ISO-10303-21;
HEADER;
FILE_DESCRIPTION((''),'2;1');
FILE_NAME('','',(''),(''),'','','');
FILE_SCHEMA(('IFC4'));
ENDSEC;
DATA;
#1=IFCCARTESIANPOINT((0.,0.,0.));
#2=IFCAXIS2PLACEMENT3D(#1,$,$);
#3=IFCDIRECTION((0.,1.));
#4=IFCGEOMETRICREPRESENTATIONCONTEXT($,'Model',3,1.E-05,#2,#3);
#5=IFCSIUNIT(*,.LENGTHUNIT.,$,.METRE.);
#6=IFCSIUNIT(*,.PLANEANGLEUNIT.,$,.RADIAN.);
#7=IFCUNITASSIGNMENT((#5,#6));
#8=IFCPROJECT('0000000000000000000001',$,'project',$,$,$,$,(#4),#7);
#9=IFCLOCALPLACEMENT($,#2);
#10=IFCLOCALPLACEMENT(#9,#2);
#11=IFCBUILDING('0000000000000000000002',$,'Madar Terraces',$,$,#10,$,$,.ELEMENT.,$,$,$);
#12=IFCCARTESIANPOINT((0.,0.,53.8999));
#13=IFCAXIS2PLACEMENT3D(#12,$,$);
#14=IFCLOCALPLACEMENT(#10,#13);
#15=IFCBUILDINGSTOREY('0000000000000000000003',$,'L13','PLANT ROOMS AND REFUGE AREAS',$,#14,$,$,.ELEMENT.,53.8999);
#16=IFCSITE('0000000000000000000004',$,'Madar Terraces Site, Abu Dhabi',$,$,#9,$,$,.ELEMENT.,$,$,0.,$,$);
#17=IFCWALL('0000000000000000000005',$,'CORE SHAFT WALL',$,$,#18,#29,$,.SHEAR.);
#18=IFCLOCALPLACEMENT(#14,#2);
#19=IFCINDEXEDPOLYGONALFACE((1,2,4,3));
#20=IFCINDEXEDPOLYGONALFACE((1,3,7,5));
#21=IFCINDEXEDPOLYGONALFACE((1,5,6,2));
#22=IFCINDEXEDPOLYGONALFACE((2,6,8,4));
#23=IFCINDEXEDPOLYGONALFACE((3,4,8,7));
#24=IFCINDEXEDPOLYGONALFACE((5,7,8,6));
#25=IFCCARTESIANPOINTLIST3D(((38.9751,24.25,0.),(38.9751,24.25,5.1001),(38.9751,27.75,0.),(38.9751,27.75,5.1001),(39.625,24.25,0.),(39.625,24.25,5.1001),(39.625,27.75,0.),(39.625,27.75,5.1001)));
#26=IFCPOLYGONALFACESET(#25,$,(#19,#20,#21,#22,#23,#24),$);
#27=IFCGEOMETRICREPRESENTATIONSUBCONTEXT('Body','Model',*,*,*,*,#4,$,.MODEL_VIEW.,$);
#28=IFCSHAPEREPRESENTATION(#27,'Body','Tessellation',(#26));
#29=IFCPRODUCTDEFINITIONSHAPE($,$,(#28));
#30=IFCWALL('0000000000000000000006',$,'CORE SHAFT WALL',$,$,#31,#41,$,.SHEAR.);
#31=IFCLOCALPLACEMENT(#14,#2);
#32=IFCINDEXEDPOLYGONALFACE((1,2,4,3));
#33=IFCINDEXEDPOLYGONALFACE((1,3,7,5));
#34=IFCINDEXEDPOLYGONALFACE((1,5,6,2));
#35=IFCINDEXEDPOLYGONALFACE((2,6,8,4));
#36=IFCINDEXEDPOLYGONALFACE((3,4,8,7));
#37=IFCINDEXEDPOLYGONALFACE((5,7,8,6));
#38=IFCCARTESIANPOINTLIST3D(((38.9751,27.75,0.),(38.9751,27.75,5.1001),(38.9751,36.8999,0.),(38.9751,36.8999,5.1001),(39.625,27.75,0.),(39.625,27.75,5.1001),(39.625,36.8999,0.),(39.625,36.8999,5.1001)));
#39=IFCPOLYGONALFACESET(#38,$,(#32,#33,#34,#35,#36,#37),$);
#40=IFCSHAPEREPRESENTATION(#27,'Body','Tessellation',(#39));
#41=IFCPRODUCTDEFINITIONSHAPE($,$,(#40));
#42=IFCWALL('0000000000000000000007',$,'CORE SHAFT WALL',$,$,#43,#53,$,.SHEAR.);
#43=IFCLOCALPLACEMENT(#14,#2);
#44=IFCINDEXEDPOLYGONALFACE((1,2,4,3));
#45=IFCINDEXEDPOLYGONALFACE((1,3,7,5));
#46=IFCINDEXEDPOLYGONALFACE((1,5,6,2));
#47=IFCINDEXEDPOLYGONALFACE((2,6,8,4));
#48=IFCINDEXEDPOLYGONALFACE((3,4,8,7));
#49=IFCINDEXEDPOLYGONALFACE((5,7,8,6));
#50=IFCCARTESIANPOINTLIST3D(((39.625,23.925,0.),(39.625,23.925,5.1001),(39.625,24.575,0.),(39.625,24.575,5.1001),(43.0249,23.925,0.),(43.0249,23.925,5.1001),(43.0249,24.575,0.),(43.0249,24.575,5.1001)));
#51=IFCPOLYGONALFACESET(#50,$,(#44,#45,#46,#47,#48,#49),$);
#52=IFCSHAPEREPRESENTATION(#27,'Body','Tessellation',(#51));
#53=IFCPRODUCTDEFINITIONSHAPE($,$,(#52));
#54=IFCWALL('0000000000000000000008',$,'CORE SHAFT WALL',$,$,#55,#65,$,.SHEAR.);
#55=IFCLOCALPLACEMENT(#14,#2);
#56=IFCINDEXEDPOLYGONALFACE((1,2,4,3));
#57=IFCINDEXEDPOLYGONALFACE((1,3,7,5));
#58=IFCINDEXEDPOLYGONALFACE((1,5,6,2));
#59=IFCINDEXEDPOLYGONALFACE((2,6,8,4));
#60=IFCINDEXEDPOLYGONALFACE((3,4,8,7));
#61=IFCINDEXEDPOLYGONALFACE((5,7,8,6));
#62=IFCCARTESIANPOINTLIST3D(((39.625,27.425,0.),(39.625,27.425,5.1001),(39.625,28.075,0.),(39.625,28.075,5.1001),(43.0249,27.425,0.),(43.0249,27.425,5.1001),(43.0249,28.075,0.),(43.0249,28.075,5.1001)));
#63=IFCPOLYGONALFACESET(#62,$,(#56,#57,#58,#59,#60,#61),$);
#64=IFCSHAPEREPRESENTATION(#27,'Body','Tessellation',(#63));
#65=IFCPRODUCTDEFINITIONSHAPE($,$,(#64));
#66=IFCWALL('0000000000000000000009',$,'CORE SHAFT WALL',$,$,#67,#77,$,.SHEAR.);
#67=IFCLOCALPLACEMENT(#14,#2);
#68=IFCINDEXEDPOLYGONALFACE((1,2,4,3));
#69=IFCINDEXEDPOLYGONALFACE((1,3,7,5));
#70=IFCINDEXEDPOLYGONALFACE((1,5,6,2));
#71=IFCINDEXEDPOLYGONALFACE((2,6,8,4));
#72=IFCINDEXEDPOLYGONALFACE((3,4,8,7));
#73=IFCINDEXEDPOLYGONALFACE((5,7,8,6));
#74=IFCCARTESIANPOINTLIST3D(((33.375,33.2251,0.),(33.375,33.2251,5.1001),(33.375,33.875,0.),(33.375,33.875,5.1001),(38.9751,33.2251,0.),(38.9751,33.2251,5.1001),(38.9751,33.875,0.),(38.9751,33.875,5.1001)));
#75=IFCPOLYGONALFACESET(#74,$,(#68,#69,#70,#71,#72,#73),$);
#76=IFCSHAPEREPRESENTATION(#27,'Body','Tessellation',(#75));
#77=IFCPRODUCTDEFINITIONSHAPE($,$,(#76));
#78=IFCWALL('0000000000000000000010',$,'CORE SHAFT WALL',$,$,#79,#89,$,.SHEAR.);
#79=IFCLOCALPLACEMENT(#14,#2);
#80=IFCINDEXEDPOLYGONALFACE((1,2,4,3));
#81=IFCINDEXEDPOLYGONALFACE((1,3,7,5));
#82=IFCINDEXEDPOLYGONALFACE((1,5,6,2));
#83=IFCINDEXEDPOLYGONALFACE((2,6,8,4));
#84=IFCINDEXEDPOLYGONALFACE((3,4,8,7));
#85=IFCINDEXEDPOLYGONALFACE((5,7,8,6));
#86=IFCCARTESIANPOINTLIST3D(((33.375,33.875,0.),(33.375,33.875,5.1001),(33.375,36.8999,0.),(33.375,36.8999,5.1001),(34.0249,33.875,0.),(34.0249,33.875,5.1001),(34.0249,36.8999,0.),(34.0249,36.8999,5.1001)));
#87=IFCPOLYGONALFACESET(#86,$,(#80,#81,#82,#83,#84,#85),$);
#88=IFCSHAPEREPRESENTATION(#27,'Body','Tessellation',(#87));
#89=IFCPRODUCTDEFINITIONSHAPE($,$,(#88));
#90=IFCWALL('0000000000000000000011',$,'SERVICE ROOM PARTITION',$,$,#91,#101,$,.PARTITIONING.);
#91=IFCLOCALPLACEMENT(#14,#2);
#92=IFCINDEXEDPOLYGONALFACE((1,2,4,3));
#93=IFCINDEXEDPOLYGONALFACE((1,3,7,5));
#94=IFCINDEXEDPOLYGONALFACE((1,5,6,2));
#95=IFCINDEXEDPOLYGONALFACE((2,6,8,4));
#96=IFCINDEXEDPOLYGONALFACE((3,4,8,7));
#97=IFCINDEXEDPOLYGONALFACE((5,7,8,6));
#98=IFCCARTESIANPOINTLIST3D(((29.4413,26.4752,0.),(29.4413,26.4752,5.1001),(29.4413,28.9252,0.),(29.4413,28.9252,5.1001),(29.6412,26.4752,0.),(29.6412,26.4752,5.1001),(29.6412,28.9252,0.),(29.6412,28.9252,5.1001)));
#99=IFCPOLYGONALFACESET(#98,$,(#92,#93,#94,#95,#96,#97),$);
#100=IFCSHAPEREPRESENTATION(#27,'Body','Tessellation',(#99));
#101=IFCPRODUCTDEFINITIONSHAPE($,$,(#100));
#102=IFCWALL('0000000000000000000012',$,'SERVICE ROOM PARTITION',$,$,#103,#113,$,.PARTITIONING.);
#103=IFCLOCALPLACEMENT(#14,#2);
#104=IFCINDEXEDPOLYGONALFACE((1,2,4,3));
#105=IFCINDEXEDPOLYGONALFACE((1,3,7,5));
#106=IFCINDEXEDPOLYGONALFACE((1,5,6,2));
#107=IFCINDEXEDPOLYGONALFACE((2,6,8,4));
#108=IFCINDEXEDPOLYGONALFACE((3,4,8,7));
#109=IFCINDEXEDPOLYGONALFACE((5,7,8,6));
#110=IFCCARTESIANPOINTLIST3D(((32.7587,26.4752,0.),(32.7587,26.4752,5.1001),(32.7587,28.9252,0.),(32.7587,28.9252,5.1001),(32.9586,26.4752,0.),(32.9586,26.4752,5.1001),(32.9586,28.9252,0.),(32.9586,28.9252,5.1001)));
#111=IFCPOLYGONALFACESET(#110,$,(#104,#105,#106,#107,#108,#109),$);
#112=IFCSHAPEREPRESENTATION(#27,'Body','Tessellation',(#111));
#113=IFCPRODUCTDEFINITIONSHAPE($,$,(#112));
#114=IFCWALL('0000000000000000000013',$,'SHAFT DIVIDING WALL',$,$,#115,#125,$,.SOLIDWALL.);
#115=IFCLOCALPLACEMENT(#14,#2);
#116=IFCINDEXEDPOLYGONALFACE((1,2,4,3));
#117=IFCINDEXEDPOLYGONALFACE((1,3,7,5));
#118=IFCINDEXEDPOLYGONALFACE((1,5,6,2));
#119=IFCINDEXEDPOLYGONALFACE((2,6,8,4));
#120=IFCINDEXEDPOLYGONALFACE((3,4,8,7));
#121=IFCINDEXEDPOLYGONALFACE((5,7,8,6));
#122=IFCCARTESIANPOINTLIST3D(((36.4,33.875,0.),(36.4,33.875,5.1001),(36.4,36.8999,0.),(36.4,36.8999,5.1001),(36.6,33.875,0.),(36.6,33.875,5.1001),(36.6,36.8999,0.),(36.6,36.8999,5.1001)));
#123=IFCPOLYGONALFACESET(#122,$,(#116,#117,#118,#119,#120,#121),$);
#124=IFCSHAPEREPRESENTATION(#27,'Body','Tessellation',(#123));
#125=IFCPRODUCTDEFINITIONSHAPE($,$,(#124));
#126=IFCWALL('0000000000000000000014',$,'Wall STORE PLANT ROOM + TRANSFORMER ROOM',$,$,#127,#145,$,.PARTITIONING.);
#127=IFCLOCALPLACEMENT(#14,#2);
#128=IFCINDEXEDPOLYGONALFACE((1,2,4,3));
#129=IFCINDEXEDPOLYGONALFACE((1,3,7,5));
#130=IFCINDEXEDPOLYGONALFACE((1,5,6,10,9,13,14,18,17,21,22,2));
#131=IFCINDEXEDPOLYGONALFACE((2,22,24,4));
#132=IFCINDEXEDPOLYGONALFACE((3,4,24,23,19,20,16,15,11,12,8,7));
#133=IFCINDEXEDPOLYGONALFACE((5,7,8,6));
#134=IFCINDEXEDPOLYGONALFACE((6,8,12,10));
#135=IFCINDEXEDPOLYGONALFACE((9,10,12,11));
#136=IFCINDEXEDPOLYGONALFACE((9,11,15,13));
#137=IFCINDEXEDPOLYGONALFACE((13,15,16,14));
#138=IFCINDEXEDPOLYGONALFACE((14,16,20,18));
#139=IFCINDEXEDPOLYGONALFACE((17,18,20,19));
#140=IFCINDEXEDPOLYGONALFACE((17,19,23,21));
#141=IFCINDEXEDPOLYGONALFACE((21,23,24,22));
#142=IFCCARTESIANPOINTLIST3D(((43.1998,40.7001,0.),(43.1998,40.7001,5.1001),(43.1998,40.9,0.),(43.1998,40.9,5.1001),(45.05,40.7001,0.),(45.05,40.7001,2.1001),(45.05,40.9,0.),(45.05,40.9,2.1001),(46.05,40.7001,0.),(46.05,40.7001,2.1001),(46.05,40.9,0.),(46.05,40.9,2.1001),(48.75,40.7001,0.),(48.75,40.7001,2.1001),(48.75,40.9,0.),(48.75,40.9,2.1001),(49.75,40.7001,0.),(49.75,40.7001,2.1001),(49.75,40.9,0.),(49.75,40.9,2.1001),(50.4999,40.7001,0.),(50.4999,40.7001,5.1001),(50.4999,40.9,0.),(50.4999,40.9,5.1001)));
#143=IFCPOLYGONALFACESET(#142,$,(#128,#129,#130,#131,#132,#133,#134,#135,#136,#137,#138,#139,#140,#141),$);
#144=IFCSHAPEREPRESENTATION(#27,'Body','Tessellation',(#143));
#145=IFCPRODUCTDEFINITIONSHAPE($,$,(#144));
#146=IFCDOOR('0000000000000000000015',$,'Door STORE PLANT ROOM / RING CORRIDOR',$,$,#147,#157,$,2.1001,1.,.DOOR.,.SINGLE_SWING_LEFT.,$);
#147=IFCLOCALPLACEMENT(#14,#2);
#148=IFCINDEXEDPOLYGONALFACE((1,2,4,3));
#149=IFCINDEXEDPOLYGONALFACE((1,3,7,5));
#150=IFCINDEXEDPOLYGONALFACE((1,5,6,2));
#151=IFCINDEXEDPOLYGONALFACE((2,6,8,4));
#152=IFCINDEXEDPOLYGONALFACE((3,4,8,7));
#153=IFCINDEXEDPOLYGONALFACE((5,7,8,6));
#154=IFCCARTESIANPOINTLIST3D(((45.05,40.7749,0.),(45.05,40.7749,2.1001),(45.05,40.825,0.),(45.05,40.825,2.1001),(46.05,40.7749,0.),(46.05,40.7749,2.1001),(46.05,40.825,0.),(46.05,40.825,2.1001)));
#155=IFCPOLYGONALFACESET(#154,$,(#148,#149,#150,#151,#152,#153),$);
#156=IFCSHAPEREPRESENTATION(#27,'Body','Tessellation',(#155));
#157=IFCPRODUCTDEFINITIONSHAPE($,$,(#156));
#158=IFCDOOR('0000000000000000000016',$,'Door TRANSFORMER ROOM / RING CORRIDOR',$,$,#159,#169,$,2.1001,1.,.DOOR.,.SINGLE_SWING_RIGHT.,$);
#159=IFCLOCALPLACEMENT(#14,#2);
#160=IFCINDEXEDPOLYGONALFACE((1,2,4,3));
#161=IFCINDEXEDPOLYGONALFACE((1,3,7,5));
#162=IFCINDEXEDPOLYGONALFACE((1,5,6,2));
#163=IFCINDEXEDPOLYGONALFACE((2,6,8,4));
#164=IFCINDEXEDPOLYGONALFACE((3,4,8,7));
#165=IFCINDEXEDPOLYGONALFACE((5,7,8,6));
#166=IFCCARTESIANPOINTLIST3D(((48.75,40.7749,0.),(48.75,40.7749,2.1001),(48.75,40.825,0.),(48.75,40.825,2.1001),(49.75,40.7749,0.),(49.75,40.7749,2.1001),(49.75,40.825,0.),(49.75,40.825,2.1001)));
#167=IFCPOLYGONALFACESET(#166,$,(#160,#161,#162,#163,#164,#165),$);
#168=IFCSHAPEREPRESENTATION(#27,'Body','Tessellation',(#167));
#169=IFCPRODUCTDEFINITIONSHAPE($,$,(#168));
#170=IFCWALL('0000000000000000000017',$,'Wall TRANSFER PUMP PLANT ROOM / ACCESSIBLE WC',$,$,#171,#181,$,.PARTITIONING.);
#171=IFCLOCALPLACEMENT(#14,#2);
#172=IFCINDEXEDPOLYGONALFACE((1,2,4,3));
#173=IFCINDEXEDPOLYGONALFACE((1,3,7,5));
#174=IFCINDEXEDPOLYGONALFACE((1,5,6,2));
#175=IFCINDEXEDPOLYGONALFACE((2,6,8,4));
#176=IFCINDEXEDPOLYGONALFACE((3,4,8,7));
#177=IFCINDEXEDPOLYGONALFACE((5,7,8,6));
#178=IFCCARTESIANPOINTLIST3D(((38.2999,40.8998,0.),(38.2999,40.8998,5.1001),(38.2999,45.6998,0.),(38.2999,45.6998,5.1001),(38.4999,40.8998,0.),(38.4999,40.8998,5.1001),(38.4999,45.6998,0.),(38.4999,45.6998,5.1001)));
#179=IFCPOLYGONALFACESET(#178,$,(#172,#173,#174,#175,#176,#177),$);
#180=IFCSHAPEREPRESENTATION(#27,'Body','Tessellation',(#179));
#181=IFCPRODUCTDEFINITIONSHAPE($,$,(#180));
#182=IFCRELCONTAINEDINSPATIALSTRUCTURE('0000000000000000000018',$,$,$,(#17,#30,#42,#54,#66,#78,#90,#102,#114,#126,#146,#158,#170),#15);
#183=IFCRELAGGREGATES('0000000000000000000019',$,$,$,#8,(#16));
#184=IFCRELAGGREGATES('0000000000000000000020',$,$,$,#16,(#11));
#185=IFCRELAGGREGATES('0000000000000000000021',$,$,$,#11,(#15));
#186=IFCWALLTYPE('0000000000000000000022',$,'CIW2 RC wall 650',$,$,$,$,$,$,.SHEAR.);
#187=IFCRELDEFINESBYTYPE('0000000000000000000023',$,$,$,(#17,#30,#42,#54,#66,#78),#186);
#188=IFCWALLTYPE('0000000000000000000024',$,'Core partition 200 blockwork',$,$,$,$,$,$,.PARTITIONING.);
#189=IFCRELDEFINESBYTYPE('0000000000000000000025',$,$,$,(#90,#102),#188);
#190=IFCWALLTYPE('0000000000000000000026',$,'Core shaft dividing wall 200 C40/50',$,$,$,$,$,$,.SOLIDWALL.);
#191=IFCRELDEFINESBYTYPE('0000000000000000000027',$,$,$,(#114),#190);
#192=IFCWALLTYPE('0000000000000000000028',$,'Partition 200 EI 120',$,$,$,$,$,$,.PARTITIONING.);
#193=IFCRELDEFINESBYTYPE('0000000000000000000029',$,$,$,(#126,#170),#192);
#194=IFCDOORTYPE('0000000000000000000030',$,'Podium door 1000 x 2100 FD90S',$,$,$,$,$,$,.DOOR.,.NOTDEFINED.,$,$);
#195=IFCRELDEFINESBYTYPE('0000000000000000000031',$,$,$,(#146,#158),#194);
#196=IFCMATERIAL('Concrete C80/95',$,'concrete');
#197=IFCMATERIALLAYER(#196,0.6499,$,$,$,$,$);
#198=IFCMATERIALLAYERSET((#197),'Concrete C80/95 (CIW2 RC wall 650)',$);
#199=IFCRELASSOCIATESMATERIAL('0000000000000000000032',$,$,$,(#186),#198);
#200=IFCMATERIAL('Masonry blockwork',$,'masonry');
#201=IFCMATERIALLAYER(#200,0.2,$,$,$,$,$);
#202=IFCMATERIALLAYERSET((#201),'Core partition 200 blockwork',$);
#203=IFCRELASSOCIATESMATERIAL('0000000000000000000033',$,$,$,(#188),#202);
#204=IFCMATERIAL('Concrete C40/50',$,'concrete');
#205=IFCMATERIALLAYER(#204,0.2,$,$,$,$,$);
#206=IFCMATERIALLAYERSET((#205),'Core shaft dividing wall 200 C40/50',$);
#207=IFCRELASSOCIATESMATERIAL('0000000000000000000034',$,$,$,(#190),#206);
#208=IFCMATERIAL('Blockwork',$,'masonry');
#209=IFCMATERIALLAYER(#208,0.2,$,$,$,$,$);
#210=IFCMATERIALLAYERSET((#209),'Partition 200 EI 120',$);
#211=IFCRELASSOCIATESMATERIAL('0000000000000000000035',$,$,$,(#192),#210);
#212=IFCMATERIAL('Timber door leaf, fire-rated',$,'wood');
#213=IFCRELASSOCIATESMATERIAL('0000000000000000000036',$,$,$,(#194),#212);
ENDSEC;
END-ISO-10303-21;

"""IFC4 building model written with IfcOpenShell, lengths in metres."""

from ifc_helpers import new_model, si_unit, direction, frame, frame_2d, origin, place, context, subcontext, project, spatial, rectangle, extrude, material, layer, layer_set, type_object, element, fill, save


model = new_model("IFC4")

# Units and contexts
model_context = context("Model", 3, precision=1e-05, world=origin(), true_north=direction((0.0, 1.0)))
body_context = subcontext(model_context, "Body", "Model", "MODEL_VIEW")
ifc_project = project(units=[si_unit("LENGTHUNIT", "METRE"), si_unit("PLANEANGLEUNIT", "RADIAN")], contexts=[model_context])

# Site, building, storey
site_placement = place(None, origin())
site = spatial("IfcSite", under=ifc_project, at=site_placement, Name="Madar Terraces Site, Abu Dhabi", CompositionType="ELEMENT", RefElevation=0.0)
building_placement = place(site_placement, origin())
building = spatial("IfcBuilding", under=site, at=building_placement, Name="Madar Terraces", CompositionType="ELEMENT")
storey_placement = place(building_placement, frame((0.0, 0.0, 53.8999)))
storey = spatial("IfcBuildingStorey", under=building, at=storey_placement, Name="L13", Description="PLANT ROOMS AND REFUGE AREAS", CompositionType="ELEMENT", Elevation=53.8999)

# Walls
ifc_material_1 = material(Name="Concrete C80/95", Category="concrete")
ifc_layer_1 = layer(ifc_material_1, 0.6499)
ifc_layer_set_1 = layer_set([ifc_layer_1], Name="Concrete C80/95 (CIW2 RC wall 650)")
wall_type_1 = type_object("IfcWallType", Name="CIW2 RC wall 650", PredefinedType="SHEAR", material=ifc_layer_set_1)
wall_1_placement = place(storey_placement, frame((39.3, 24.25, 0.0), z_axis=(0.0, 0.0, 1.0), x_axis=(0.0, 1.0, 0.0)))
element("IfcWall", 1, at=wall_1_placement, inside=storey, type_object=wall_type_1, Name="CORE SHAFT WALL", PredefinedType="SHEAR", context=body_context, shape_type="SweptSolid", body=[
    extrude(rectangle(XDim=3.5, YDim=0.6499, at=frame_2d((1.75, 0.0))), origin(), (0.0, 0.0, 1.0), 5.1001),
])
wall_2_placement = place(storey_placement, frame((39.3, 27.75, 0.0), z_axis=(0.0, 0.0, 1.0), x_axis=(0.0, 1.0, 0.0)))
element("IfcWall", 2, at=wall_2_placement, inside=storey, type_object=wall_type_1, Name="CORE SHAFT WALL", PredefinedType="SHEAR", context=body_context, shape_type="SweptSolid", body=[
    extrude(rectangle(XDim=9.1499, YDim=0.6499, at=frame_2d((4.575, 0.0))), origin(), (0.0, 0.0, 1.0), 5.1001),
])
for number, where, z_axis, x_axis, name in (
    (3, (39.625, 24.25, 0.0), (0.0, 0.0, 1.0), (1.0, 0.0, 0.0), "CORE SHAFT WALL"),
    (4, (39.625, 27.75, 0.0), (0.0, 0.0, 1.0), (1.0, 0.0, 0.0), "CORE SHAFT WALL"),
):
    element("IfcWall", number, at=place(storey_placement, frame(where, z_axis=z_axis, x_axis=x_axis)), inside=storey, type_object=wall_type_1, Name=name, PredefinedType="SHEAR", context=body_context, shape_type="SweptSolid", body=[
        extrude(rectangle(XDim=3.3999, YDim=0.6499, at=frame_2d((1.7, 0.0))), origin(), (0.0, 0.0, 1.0), 5.1001),
    ])
wall_3_placement = place(storey_placement, frame((33.375, 33.55, 0.0), z_axis=(0.0, 0.0, 1.0), x_axis=(1.0, 0.0, 0.0)))
element("IfcWall", 5, at=wall_3_placement, inside=storey, type_object=wall_type_1, Name="CORE SHAFT WALL", PredefinedType="SHEAR", context=body_context, shape_type="SweptSolid", body=[
    extrude(rectangle(XDim=5.6001, YDim=0.6499, at=frame_2d((2.8, 0.0))), origin(), (0.0, 0.0, 1.0), 5.1001),
])
wall_4_placement = place(storey_placement, frame((33.7, 33.875, 0.0), z_axis=(0.0, 0.0, 1.0), x_axis=(0.0, 1.0, 0.0)))
element("IfcWall", 6, at=wall_4_placement, inside=storey, type_object=wall_type_1, Name="CORE SHAFT WALL", PredefinedType="SHEAR", context=body_context, shape_type="SweptSolid", body=[
    extrude(rectangle(XDim=3.0249, YDim=0.6499, at=frame_2d((1.5125, 0.0))), origin(), (0.0, 0.0, 1.0), 5.1001),
])
ifc_material_2 = material(Name="Masonry blockwork", Category="masonry")
ifc_layer_2 = layer(ifc_material_2, 0.2)
ifc_layer_set_2 = layer_set([ifc_layer_2], Name="Core partition 200 blockwork")
wall_type_2 = type_object("IfcWallType", Name="Core partition 200 blockwork", PredefinedType="PARTITIONING", material=ifc_layer_set_2)
for number, where, z_axis, x_axis, name in (
    (7, (29.5413, 26.4751, 0.0), (0.0, 0.0, 1.0), (0.0, 1.0, 0.0), "SERVICE ROOM PARTITION"),
    (8, (32.8586, 26.4751, 0.0), (0.0, 0.0, 1.0), (0.0, 1.0, 0.0), "SERVICE ROOM PARTITION"),
):
    element("IfcWall", number, at=place(storey_placement, frame(where, z_axis=z_axis, x_axis=x_axis)), inside=storey, type_object=wall_type_2, Name=name, PredefinedType="PARTITIONING", context=body_context, shape_type="SweptSolid", body=[
        extrude(rectangle(XDim=2.45, YDim=0.2, at=frame_2d((1.2251, 0.0))), origin(), (0.0, 0.0, 1.0), 5.1001),
    ])
ifc_material_3 = material(Name="Concrete C40/50", Category="concrete")
ifc_layer_3 = layer(ifc_material_3, 0.2)
ifc_layer_set_3 = layer_set([ifc_layer_3], Name="Core shaft dividing wall 200 C40/50")
wall_type_3 = type_object("IfcWallType", Name="Core shaft dividing wall 200 C40/50", PredefinedType="SOLIDWALL", material=ifc_layer_set_3)
wall_5_placement = place(storey_placement, frame((36.5, 33.875, 0.0), z_axis=(0.0, 0.0, 1.0), x_axis=(0.0, 1.0, 0.0)))
element("IfcWall", 9, at=wall_5_placement, inside=storey, type_object=wall_type_3, Name="SHAFT DIVIDING WALL", PredefinedType="SOLIDWALL", context=body_context, shape_type="SweptSolid", body=[
    extrude(rectangle(XDim=3.0249, YDim=0.2, at=frame_2d((1.5125, 0.0))), origin(), (0.0, 0.0, 1.0), 5.1001),
])

# Wall, openings, doors
ifc_material_4 = material(Name="Blockwork", Category="masonry")
ifc_layer_4 = layer(ifc_material_4, 0.2)
ifc_layer_set_4 = layer_set([ifc_layer_4], Name="Partition 200 EI 120")
wall_type_4 = type_object("IfcWallType", Name="Partition 200 EI 120", PredefinedType="PARTITIONING", material=ifc_layer_set_4)
wall_6_placement = place(storey_placement, frame((43.2, 40.8, 0.0), z_axis=(0.0, 0.0, 1.0), x_axis=(1.0, 0.0, 0.0)))
wall_6 = element("IfcWall", 10, at=wall_6_placement, inside=storey, type_object=wall_type_4, Name="Wall STORE PLANT ROOM + TRANSFORMER ROOM", PredefinedType="PARTITIONING", context=body_context, shape_type="SweptSolid", body=[
    extrude(rectangle(XDim=7.3, YDim=0.2, at=frame_2d((3.6499, 0.0))), origin(), (0.0, 0.0, 1.0), 5.1001),
])
opening_1_placement = place(wall_6_placement, frame((1.8501, 0.0, 0.0)))
opening_1 = element("IfcOpeningElement", 11, at=opening_1_placement, cuts=wall_6, PredefinedType="OPENING", context=body_context, shape_type="SweptSolid", body=[
    extrude(rectangle(XDim=1.0, YDim=2.1001, at=frame_2d((0.5, 1.05))), frame((0.0, 0.1099, 0.0), z_axis=(0.0, -1.0, 0.0), x_axis=(1.0, 0.0, 0.0)), (0.0, 0.0, 1.0), 0.22),
])
opening_2_placement = place(wall_6_placement, frame((5.55, 0.0, 0.0)))
opening_2 = element("IfcOpeningElement", 12, at=opening_2_placement, cuts=wall_6, PredefinedType="OPENING", context=body_context, shape_type="SweptSolid", body=[
    extrude(rectangle(XDim=1.0, YDim=2.1001, at=frame_2d((0.5, 1.05))), frame((0.0, 0.1099, 0.0), z_axis=(0.0, -1.0, 0.0), x_axis=(1.0, 0.0, 0.0)), (0.0, 0.0, 1.0), 0.22),
])
ifc_material_5 = material(Name="Timber door leaf, fire-rated", Category="wood")
door_type_1 = type_object("IfcDoorType", Name="Podium door 1000 x 2100 FD90S", OperationType="NOTDEFINED", PredefinedType="DOOR", material=ifc_material_5)
door_1_placement = place(opening_1_placement, origin())
door_1 = element("IfcDoor", 13, at=door_1_placement, inside=storey, type_object=door_type_1, Name="Door STORE PLANT ROOM / RING CORRIDOR", OperationType="SINGLE_SWING_LEFT", OverallHeight=2.1001, OverallWidth=1.0, PredefinedType="DOOR", context=body_context, shape_type="SweptSolid", body=[
    extrude(rectangle(XDim=1.0, YDim=2.1001, at=frame_2d((0.5, 1.05))), frame((0.0, 0.0249, 0.0), z_axis=(0.0, -1.0, 0.0), x_axis=(1.0, 0.0, 0.0)), (0.0, 0.0, 1.0), 0.05),
])
fill(opening_1, door_1)
door_2_placement = place(opening_2_placement, origin())
door_2 = element("IfcDoor", 14, at=door_2_placement, inside=storey, type_object=door_type_1, Name="Door TRANSFORMER ROOM / RING CORRIDOR", OperationType="SINGLE_SWING_RIGHT", OverallHeight=2.1001, OverallWidth=1.0, PredefinedType="DOOR", context=body_context, shape_type="SweptSolid", body=[
    extrude(rectangle(XDim=1.0, YDim=2.1001, at=frame_2d((0.5, 1.05))), frame((0.0, 0.0249, 0.0), z_axis=(0.0, -1.0, 0.0), x_axis=(1.0, 0.0, 0.0)), (0.0, 0.0, 1.0), 0.05),
])
fill(opening_2, door_2)

# Wall
wall_7_placement = place(storey_placement, frame((38.3999, 40.8999, 0.0), z_axis=(0.0, 0.0, 1.0), x_axis=(0.0, 1.0, 0.0)))
element("IfcWall", 15, at=wall_7_placement, inside=storey, type_object=wall_type_4, Name="Wall TRANSFER PUMP PLANT ROOM / ACCESSIBLE WC", PredefinedType="PARTITIONING", context=body_context, shape_type="SweptSolid", body=[
    extrude(rectangle(XDim=4.8, YDim=0.2, at=frame_2d((2.3999, 0.0))), origin(), (0.0, 0.0, 1.0), 5.1001),
])

save(model, "model.ifc")
